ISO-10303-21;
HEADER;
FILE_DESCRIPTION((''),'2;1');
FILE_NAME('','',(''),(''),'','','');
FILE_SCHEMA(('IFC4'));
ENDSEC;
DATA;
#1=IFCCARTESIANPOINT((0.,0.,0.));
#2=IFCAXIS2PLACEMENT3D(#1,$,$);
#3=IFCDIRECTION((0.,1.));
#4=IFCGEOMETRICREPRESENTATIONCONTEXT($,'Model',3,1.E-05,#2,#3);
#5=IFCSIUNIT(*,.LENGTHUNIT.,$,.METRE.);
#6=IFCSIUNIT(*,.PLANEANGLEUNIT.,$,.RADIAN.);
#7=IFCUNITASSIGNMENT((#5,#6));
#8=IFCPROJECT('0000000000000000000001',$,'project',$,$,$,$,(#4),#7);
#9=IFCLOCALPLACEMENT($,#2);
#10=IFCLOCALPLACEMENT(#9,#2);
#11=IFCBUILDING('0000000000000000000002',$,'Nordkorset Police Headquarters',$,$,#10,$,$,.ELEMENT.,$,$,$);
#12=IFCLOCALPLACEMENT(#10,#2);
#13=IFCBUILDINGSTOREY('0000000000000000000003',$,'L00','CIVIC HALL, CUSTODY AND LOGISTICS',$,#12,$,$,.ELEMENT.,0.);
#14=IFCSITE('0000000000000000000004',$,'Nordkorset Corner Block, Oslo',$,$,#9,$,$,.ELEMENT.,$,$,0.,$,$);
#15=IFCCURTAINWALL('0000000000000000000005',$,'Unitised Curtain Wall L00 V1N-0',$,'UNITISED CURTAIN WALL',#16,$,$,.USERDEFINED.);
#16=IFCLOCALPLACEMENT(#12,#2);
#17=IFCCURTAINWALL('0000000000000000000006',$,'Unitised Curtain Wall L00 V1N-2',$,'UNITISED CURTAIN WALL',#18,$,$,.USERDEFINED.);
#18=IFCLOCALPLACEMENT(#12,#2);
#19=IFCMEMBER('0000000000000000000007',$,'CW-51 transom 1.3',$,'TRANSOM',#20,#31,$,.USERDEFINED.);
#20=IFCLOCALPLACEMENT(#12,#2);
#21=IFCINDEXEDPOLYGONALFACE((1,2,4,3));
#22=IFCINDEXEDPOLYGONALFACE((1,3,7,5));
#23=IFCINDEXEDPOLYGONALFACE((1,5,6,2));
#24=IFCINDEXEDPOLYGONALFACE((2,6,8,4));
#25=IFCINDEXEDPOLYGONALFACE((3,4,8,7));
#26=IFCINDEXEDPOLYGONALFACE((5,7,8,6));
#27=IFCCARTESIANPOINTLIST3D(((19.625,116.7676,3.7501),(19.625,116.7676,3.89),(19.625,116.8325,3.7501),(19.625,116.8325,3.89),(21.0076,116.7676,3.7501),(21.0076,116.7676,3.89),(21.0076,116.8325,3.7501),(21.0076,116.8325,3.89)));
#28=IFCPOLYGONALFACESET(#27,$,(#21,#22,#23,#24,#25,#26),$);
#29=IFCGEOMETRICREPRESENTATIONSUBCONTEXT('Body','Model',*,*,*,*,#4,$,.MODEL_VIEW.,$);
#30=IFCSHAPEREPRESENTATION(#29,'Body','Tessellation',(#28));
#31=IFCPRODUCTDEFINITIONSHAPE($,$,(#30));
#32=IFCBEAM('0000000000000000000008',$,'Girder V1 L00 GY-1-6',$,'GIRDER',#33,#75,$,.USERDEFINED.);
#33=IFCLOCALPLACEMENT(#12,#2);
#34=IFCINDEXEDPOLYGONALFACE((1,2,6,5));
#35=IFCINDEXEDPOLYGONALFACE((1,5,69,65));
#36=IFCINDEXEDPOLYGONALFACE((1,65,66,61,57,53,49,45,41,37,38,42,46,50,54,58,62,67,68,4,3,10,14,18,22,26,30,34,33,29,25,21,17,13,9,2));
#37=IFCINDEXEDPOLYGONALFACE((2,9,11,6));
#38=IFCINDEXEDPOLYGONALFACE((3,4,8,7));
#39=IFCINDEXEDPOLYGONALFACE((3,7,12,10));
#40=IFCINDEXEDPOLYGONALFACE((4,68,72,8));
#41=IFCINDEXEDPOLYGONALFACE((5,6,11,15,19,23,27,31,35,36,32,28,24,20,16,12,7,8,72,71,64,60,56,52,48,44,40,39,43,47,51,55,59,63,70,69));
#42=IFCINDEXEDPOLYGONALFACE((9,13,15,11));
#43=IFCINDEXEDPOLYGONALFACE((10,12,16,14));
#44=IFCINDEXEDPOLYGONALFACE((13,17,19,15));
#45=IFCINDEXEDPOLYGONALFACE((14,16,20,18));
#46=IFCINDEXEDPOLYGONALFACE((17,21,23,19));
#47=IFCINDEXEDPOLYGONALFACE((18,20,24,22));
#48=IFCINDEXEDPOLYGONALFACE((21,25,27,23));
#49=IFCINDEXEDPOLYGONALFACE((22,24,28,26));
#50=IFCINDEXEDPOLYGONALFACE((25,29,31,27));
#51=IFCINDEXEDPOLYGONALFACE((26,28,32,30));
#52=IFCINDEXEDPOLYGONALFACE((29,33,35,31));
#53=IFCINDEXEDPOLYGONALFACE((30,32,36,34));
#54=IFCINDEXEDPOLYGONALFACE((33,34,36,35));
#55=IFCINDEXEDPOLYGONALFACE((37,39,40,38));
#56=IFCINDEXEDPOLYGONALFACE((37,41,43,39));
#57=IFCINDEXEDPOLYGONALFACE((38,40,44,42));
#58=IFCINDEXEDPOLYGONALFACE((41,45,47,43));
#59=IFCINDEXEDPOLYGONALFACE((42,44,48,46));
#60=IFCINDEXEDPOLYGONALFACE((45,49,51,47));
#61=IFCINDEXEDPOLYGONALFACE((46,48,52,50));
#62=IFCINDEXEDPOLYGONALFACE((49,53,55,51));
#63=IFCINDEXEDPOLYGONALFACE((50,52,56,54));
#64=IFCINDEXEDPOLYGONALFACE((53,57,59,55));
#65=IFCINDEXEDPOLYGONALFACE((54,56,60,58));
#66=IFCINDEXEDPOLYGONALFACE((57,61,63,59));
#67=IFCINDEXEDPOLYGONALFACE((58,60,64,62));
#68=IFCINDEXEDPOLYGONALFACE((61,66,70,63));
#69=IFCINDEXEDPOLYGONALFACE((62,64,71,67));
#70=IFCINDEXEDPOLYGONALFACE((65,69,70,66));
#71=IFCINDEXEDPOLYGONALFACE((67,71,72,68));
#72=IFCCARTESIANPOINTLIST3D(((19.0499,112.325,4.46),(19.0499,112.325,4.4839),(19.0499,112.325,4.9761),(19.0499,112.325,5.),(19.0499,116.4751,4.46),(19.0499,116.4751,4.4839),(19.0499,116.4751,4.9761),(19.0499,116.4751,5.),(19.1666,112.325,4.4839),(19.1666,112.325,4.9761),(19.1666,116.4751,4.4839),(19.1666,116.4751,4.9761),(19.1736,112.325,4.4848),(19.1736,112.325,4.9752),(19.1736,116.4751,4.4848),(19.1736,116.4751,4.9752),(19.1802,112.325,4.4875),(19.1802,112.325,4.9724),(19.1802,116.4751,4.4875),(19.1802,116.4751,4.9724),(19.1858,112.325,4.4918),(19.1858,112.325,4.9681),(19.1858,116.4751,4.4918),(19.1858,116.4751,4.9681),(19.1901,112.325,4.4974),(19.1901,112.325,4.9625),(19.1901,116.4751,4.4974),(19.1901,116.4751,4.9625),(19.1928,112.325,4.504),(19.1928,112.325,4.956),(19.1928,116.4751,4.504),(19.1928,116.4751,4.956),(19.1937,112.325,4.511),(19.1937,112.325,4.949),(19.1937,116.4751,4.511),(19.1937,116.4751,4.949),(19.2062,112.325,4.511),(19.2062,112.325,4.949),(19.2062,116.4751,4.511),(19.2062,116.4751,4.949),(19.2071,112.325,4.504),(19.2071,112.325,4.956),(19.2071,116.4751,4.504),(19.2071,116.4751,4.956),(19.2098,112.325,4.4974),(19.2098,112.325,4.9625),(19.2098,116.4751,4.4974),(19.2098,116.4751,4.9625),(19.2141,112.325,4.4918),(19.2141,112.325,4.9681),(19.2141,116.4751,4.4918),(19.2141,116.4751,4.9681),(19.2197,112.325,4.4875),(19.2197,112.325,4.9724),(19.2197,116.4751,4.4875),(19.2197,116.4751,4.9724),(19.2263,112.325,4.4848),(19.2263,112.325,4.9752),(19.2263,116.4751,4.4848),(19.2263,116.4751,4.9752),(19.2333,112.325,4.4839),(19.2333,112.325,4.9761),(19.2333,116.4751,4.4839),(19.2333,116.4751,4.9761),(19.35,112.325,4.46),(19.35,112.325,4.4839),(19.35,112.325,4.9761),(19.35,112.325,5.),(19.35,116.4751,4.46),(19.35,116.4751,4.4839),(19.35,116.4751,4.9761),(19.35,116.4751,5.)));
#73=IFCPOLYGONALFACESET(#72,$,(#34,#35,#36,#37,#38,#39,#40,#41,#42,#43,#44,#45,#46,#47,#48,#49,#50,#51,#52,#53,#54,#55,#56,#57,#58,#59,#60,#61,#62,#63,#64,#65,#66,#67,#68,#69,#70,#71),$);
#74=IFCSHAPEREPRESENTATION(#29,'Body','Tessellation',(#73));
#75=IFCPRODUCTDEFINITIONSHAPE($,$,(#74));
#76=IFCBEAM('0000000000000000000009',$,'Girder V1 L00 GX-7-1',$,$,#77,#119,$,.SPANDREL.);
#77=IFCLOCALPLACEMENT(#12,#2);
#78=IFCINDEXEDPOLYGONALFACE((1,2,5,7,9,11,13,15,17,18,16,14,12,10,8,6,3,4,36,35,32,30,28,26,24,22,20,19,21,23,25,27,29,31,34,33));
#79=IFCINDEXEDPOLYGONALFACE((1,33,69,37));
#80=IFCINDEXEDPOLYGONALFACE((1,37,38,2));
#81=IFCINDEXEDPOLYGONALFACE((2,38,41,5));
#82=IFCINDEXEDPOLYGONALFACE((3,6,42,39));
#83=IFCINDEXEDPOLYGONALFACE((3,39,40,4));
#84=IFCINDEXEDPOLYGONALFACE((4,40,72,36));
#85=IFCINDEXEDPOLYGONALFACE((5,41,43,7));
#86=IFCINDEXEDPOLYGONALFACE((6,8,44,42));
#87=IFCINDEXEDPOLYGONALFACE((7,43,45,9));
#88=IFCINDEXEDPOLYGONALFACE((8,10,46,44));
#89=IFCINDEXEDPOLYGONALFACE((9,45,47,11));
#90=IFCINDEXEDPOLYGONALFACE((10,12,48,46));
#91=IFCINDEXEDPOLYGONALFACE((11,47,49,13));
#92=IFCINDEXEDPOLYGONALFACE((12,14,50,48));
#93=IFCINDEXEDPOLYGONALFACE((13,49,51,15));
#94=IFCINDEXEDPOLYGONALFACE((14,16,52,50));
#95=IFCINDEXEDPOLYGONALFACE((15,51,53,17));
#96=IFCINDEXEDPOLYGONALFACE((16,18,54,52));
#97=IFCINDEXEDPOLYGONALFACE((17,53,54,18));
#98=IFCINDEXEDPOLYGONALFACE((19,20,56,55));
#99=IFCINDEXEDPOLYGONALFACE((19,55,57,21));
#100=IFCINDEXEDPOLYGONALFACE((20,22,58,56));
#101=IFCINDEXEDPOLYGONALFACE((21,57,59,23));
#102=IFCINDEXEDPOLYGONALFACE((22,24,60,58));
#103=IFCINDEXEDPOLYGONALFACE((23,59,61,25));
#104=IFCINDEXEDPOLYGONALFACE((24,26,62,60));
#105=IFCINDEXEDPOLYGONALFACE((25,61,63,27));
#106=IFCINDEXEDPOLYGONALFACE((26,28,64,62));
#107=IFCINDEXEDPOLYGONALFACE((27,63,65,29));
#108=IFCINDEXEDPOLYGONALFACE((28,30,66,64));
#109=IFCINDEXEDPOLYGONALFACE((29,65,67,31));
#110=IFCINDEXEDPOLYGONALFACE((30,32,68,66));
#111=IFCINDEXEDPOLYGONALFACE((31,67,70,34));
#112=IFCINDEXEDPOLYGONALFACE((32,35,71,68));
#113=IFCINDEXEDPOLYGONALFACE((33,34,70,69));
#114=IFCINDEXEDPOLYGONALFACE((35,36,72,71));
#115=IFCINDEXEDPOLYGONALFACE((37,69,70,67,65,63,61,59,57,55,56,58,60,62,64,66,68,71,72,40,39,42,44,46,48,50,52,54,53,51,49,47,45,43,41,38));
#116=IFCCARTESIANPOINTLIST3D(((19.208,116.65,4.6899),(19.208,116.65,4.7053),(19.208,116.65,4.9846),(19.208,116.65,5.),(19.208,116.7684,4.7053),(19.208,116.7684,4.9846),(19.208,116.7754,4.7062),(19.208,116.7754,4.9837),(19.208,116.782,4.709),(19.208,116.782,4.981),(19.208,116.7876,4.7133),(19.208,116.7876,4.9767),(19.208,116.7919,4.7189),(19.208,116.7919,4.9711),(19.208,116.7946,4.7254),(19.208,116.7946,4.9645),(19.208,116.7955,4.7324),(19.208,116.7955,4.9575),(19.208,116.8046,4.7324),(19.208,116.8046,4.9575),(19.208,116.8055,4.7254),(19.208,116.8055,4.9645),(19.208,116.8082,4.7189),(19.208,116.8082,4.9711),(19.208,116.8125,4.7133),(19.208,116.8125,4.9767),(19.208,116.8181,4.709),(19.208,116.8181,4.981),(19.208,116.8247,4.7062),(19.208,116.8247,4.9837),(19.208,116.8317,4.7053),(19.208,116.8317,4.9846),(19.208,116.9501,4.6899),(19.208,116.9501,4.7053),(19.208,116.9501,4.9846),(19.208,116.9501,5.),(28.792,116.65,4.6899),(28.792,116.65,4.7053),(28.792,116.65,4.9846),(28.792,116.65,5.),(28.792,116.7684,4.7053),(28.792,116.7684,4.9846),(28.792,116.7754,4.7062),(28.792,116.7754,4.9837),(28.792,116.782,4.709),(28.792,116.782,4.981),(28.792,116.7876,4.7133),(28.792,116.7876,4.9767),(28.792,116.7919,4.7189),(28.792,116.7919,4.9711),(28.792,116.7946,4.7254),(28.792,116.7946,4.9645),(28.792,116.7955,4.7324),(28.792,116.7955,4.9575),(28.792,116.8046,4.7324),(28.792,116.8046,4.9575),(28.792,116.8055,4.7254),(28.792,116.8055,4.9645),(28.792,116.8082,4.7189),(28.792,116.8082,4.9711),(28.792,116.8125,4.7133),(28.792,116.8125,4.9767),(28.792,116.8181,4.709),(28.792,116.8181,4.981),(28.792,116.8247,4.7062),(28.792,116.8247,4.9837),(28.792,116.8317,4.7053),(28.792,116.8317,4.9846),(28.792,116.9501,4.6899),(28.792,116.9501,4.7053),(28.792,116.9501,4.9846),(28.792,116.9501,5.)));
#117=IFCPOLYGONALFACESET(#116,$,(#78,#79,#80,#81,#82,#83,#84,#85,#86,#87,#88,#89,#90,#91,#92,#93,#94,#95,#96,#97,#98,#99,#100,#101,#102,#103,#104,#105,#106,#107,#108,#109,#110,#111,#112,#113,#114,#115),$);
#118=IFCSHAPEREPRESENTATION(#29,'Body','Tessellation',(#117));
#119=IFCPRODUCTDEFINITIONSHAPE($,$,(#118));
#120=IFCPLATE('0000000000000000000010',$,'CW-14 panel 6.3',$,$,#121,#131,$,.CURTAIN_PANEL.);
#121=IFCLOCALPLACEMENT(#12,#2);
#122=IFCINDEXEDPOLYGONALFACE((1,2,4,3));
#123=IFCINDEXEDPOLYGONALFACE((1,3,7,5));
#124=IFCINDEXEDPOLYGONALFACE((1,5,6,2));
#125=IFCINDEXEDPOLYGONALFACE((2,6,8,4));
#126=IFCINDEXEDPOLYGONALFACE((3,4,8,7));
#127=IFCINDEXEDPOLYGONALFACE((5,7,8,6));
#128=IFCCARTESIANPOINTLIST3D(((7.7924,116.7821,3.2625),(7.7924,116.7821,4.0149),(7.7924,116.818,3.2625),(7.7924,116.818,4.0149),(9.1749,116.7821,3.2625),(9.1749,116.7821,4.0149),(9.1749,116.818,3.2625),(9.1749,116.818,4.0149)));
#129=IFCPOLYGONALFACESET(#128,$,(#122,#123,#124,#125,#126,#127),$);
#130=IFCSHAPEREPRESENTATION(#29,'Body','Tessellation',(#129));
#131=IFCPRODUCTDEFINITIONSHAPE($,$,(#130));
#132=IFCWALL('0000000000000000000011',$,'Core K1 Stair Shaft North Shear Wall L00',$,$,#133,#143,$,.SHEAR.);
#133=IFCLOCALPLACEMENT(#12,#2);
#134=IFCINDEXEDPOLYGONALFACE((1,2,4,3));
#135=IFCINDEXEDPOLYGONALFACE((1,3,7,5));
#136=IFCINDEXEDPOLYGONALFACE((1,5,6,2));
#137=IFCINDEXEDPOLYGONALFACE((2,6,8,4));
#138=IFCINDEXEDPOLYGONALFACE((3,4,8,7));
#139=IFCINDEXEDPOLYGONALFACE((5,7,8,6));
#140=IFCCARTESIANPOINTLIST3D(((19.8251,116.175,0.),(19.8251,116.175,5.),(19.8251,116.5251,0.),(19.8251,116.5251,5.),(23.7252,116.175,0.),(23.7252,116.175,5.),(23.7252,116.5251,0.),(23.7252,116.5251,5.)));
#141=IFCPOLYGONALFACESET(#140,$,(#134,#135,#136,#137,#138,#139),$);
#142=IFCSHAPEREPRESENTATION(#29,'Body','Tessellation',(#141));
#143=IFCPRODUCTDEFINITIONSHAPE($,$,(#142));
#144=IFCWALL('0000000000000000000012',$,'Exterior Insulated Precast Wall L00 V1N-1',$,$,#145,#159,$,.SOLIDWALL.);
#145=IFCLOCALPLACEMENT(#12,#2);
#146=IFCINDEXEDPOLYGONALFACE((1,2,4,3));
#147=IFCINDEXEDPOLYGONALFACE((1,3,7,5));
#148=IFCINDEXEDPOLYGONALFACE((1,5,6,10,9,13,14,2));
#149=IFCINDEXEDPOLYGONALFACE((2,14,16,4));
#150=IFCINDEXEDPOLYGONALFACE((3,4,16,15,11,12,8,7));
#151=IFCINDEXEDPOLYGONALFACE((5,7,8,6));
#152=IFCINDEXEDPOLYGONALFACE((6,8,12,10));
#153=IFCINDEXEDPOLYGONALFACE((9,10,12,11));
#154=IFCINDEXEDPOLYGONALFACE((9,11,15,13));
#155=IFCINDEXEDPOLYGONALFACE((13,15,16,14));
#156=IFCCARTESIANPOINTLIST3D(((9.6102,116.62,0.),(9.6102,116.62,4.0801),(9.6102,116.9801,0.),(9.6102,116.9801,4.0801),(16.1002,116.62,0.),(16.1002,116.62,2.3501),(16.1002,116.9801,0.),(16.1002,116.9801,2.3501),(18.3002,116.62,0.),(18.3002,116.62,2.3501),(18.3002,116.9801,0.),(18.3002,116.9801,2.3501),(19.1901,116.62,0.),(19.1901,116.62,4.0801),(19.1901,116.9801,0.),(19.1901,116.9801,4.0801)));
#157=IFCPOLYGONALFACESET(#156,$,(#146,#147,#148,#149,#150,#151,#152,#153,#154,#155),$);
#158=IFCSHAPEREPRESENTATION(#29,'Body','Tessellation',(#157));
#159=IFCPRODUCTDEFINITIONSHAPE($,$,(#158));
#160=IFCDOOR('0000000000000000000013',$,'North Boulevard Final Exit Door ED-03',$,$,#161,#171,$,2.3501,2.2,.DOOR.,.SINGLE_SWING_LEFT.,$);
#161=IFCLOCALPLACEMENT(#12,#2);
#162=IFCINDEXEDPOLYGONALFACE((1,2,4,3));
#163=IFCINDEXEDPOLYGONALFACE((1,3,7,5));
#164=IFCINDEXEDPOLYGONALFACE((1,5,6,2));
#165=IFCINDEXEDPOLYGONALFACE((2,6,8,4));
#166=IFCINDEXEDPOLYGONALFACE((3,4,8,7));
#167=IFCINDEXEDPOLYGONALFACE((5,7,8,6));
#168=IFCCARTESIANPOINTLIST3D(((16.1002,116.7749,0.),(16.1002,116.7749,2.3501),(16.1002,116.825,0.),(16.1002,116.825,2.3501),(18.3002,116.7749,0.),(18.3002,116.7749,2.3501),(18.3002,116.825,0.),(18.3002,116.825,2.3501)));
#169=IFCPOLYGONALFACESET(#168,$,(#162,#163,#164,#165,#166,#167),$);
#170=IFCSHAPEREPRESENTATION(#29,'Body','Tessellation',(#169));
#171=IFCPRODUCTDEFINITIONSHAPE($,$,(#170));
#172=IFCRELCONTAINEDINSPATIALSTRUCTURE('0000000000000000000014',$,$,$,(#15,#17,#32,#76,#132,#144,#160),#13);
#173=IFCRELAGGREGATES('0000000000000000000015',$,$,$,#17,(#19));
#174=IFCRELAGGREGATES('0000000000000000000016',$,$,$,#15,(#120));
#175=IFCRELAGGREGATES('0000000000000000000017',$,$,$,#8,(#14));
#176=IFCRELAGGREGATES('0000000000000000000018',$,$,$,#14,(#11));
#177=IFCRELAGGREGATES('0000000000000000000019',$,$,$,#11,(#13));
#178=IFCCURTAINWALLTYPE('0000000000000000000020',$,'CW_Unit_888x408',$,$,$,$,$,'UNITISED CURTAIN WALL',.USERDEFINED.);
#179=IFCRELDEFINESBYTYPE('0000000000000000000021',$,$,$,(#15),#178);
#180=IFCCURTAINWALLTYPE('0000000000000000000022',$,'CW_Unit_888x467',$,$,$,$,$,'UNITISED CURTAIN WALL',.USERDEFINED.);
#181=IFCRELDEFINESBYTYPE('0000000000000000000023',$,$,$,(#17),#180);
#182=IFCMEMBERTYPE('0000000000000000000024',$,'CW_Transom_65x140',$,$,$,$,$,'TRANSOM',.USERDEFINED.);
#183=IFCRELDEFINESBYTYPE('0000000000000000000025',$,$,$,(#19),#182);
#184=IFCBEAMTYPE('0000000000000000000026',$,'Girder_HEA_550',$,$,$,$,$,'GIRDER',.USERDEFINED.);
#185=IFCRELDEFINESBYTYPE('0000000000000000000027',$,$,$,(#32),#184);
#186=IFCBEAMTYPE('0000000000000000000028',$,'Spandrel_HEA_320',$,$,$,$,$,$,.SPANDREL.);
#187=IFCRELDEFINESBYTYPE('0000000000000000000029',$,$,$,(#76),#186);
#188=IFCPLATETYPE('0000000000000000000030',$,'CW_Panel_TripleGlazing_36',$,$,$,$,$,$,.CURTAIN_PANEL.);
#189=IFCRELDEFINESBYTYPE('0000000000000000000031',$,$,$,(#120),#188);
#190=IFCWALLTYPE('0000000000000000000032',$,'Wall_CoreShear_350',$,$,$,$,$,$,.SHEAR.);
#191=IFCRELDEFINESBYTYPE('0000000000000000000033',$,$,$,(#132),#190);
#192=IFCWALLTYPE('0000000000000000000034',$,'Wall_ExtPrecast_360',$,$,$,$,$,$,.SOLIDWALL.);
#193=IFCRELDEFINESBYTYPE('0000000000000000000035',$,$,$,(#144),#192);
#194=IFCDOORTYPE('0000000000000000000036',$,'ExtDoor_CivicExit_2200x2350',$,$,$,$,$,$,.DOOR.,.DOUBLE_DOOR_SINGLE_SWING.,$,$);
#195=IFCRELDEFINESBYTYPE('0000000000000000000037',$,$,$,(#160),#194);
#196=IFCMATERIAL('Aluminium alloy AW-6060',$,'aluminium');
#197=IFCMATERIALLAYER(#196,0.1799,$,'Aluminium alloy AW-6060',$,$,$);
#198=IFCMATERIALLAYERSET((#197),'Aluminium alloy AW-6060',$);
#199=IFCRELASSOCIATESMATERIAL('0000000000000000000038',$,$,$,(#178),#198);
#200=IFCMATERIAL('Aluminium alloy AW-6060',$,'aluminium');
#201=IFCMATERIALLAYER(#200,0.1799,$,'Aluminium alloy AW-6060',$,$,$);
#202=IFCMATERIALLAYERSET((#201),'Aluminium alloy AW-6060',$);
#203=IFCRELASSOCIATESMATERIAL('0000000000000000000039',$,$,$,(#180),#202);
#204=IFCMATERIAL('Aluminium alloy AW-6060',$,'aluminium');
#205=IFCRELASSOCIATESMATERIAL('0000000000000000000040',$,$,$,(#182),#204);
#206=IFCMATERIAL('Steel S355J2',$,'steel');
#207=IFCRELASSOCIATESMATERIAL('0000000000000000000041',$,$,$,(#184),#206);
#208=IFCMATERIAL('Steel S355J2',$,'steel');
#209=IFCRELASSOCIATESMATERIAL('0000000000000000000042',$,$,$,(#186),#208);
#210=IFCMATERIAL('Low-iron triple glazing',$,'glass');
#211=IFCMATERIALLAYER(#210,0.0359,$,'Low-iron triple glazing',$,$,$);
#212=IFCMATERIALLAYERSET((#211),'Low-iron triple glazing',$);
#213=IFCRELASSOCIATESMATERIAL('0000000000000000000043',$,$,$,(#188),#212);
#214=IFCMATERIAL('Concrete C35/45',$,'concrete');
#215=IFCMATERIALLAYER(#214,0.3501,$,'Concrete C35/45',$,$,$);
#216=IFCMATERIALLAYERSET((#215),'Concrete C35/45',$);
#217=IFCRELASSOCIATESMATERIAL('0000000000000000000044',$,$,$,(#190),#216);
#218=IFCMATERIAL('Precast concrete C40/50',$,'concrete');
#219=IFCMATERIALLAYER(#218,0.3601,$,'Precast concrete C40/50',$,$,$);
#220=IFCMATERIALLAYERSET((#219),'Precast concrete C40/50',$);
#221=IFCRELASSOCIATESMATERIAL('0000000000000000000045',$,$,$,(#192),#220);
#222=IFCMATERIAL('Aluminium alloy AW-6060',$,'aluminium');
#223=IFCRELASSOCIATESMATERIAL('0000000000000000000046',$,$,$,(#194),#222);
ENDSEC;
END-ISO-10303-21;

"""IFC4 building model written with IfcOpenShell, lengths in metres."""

from ifc_helpers import new_model, si_unit, direction, frame, frame_2d, origin, origin_2d, place, context, subcontext, project, spatial, rectangle, i_section, extrude, material, layer, layer_set, material_profile, profile_set, type_object, element, fill, aggregate, save


model = new_model("IFC4")

# Units and contexts
model_context = context("Model", 3, precision=1e-05, world=origin(), true_north=direction((0.0, 1.0)))
body_context = subcontext(model_context, "Body", "Model", "MODEL_VIEW")
ifc_project = project(units=[si_unit("LENGTHUNIT", "METRE"), si_unit("PLANEANGLEUNIT", "RADIAN")], contexts=[model_context])

# Site, building, storey
site_placement = place(None, origin())
site = spatial("IfcSite", under=ifc_project, at=site_placement, Name="Nordkorset Corner Block, Oslo", CompositionType="ELEMENT", RefElevation=0.0)
building_placement = place(site_placement, origin())
building = spatial("IfcBuilding", under=site, at=building_placement, Name="Nordkorset Police Headquarters", CompositionType="ELEMENT")
storey_placement = place(building_placement, origin())
storey = spatial("IfcBuildingStorey", under=building, at=storey_placement, Name="L00", Description="CIVIC HALL, CUSTODY AND LOGISTICS", CompositionType="ELEMENT", Elevation=0.0)

# Curtain wall
ifc_material_1 = material(Name="Aluminium alloy AW-6060", Category="aluminium")
ifc_layer_1 = layer(ifc_material_1, 0.1799, Name="Aluminium alloy AW-6060")
ifc_layer_set_1 = layer_set([ifc_layer_1], Name="Aluminium alloy AW-6060")
curtain_wall_type_1 = type_object("IfcCurtainWallType", Name="CW_Unit_888x408", ElementType="UNITISED CURTAIN WALL", PredefinedType="USERDEFINED", material=ifc_layer_set_1)
curtain_wall_1_placement = place(storey_placement, origin())
curtain_wall_1 = element("IfcCurtainWall", 1, at=curtain_wall_1_placement, inside=storey, type_object=curtain_wall_type_1, Name="Unitised Curtain Wall L00 V1N-0", ObjectType="UNITISED CURTAIN WALL", PredefinedType="USERDEFINED")

# Curtain wall, member
ifc_material_2 = material(Name="Aluminium alloy AW-6060", Category="aluminium")
ifc_layer_2 = layer(ifc_material_2, 0.1799, Name="Aluminium alloy AW-6060")
ifc_layer_set_2 = layer_set([ifc_layer_2], Name="Aluminium alloy AW-6060")
curtain_wall_type_2 = type_object("IfcCurtainWallType", Name="CW_Unit_888x467", ElementType="UNITISED CURTAIN WALL", PredefinedType="USERDEFINED", material=ifc_layer_set_2)
curtain_wall_2_placement = place(storey_placement, origin())
curtain_wall_2 = element("IfcCurtainWall", 2, at=curtain_wall_2_placement, inside=storey, type_object=curtain_wall_type_2, Name="Unitised Curtain Wall L00 V1N-2", ObjectType="UNITISED CURTAIN WALL", PredefinedType="USERDEFINED")
ifc_material_3 = material(Name="Aluminium alloy AW-6060", Category="aluminium")
ifc_material_profile_1 = material_profile(ifc_material_3, rectangle(XDim=0.0649, YDim=0.1399, at=origin_2d()), Name="ALU TRAN 65x140")
ifc_profile_set_1 = profile_set([ifc_material_profile_1], Name="Aluminium alloy AW-6060")
member_type_1 = type_object("IfcMemberType", Name="CW_Transom_65x140", ElementType="TRANSOM", PredefinedType="USERDEFINED", material=ifc_profile_set_1)
member_1_placement = place(storey_placement, frame((19.625, 116.8, 3.8201), z_axis=(1.0, 0.0, 0.0), x_axis=(0.0, 1.0, 0.0)))
member_1 = element("IfcMember", 3, at=member_1_placement, type_object=member_type_1, Name="CW-51 transom 1.3", ObjectType="TRANSOM", PredefinedType="USERDEFINED", context=body_context, shape_type="SweptSolid", body=[
    extrude(rectangle(XDim=0.0649, YDim=0.1399, at=origin_2d()), origin(), (0.0, 0.0, 1.0), 1.3826),
])
aggregate(curtain_wall_2, [member_1])

# Beams
ifc_material_4 = material(Name="Steel S355J2", Category="steel")
ifc_material_profile_2 = material_profile(ifc_material_4, i_section(OverallWidth=0.3, OverallDepth=0.54, WebThickness=0.0125, FlangeThickness=0.0239, FilletRadius=0.0271, at=origin_2d()), Name="HEA 550")
ifc_profile_set_2 = profile_set([ifc_material_profile_2], Name="Steel S355J2")
beam_type_1 = type_object("IfcBeamType", Name="Girder_HEA_550", ElementType="GIRDER", PredefinedType="USERDEFINED", material=ifc_profile_set_2)
beam_1_placement = place(storey_placement, frame((19.2, 112.325, 4.73), z_axis=(0.0, 1.0, 0.0), x_axis=(-1.0, 0.0, 0.0)))
element("IfcBeam", 4, at=beam_1_placement, inside=storey, type_object=beam_type_1, Name="Girder V1 L00 GY-1-6", ObjectType="GIRDER", PredefinedType="USERDEFINED", context=body_context, shape_type="SweptSolid", body=[
    extrude(i_section(OverallWidth=0.3, OverallDepth=0.54, WebThickness=0.0125, FlangeThickness=0.0239, FilletRadius=0.0271, at=origin_2d()), origin(), (0.0, 0.0, 1.0), 4.1501),
])
ifc_material_5 = material(Name="Steel S355J2", Category="steel")
ifc_material_profile_3 = material_profile(ifc_material_5, i_section(OverallWidth=0.3, OverallDepth=0.3101, WebThickness=0.009, FlangeThickness=0.0154, FilletRadius=0.0271, at=origin_2d()), Name="HEA 320")
ifc_profile_set_3 = profile_set([ifc_material_profile_3], Name="Steel S355J2")
beam_type_2 = type_object("IfcBeamType", Name="Spandrel_HEA_320", PredefinedType="SPANDREL", material=ifc_profile_set_3)
beam_2_placement = place(storey_placement, frame((19.208, 116.8, 4.845), z_axis=(1.0, 0.0, 0.0), x_axis=(0.0, 1.0, 0.0)))
element("IfcBeam", 5, at=beam_2_placement, inside=storey, type_object=beam_type_2, Name="Girder V1 L00 GX-7-1", PredefinedType="SPANDREL", context=body_context, shape_type="SweptSolid", body=[
    extrude(i_section(OverallWidth=0.3, OverallDepth=0.3101, WebThickness=0.009, FlangeThickness=0.0154, FilletRadius=0.0271, at=origin_2d()), origin(), (0.0, 0.0, 1.0), 9.584),
])

# Plate
ifc_material_6 = material(Name="Low-iron triple glazing", Category="glass")
ifc_layer_3 = layer(ifc_material_6, 0.0359, Name="Low-iron triple glazing")
ifc_layer_set_3 = layer_set([ifc_layer_3], Name="Low-iron triple glazing")
plate_type = type_object("IfcPlateType", Name="CW_Panel_TripleGlazing_36", PredefinedType="CURTAIN_PANEL", material=ifc_layer_set_3)
plate_placement = place(storey_placement, frame((8.4836, 116.8, 3.2625), z_axis=(0.0, 0.0, 1.0), x_axis=(1.0, 0.0, 0.0)))
plate = element("IfcPlate", 6, at=plate_placement, type_object=plate_type, Name="CW-14 panel 6.3", PredefinedType="CURTAIN_PANEL", context=body_context, shape_type="SweptSolid", body=[
    extrude(rectangle(XDim=1.3826, YDim=0.0359, at=origin_2d()), origin(), (0.0, 0.0, 1.0), 0.7524),
])
aggregate(curtain_wall_1, [plate])

# Wall
ifc_material_7 = material(Name="Concrete C35/45", Category="concrete")
ifc_layer_4 = layer(ifc_material_7, 0.3501, Name="Concrete C35/45")
ifc_layer_set_4 = layer_set([ifc_layer_4], Name="Concrete C35/45")
wall_type_1 = type_object("IfcWallType", Name="Wall_CoreShear_350", PredefinedType="SHEAR", material=ifc_layer_set_4)
wall_1_placement = place(storey_placement, frame((19.825, 116.3501, 0.0), z_axis=(0.0, 0.0, 1.0), x_axis=(1.0, 0.0, 0.0)))
element("IfcWall", 7, at=wall_1_placement, inside=storey, type_object=wall_type_1, Name="Core K1 Stair Shaft North Shear Wall L00", PredefinedType="SHEAR", context=body_context, shape_type="SweptSolid", body=[
    extrude(rectangle(XDim=3.9001, YDim=0.3501, at=frame_2d((1.9502, 0.0))), origin(), (0.0, 0.0, 1.0), 5.0),
])

# Wall, opening, door
ifc_material_8 = material(Name="Precast concrete C40/50", Category="concrete")
ifc_layer_5 = layer(ifc_material_8, 0.3601, Name="Precast concrete C40/50")
ifc_layer_set_5 = layer_set([ifc_layer_5], Name="Precast concrete C40/50")
wall_type_2 = type_object("IfcWallType", Name="Wall_ExtPrecast_360", PredefinedType="SOLIDWALL", material=ifc_layer_set_5)
wall_2_placement = place(storey_placement, frame((9.6101, 116.8, 0.0), z_axis=(0.0, 0.0, 1.0), x_axis=(1.0, 0.0, 0.0)))
wall_2 = element("IfcWall", 8, at=wall_2_placement, inside=storey, type_object=wall_type_2, Name="Exterior Insulated Precast Wall L00 V1N-1", PredefinedType="SOLIDWALL", context=body_context, shape_type="SweptSolid", body=[
    extrude(rectangle(XDim=9.5798, YDim=0.3601, at=frame_2d((4.79, 0.0))), origin(), (0.0, 0.0, 1.0), 4.0801),
])
opening_1_placement = place(wall_2_placement, frame((6.49, 0.0, 0.0)))
opening_1 = element("IfcOpeningElement", 9, at=opening_1_placement, cuts=wall_2, PredefinedType="OPENING", context=body_context, shape_type="SweptSolid", body=[
    extrude(rectangle(XDim=2.2, YDim=2.3501, at=frame_2d((1.1001, 1.175))), frame((0.0, 0.1899, 0.0), z_axis=(0.0, -1.0, 0.0), x_axis=(1.0, 0.0, 0.0)), (0.0, 0.0, 1.0), 0.3801),
])
ifc_material_9 = material(Name="Aluminium alloy AW-6060", Category="aluminium")
door_type_1 = type_object("IfcDoorType", Name="ExtDoor_CivicExit_2200x2350", OperationType="DOUBLE_DOOR_SINGLE_SWING", PredefinedType="DOOR", material=ifc_material_9)
door_1_placement = place(opening_1_placement, origin())
door_1 = element("IfcDoor", 10, at=door_1_placement, inside=storey, type_object=door_type_1, Name="North Boulevard Final Exit Door ED-03", OperationType="SINGLE_SWING_LEFT", OverallHeight=2.3501, OverallWidth=2.2, PredefinedType="DOOR", context=body_context, shape_type="SweptSolid", body=[
    extrude(rectangle(XDim=2.2, YDim=2.3501, at=frame_2d((1.1001, 1.175))), frame((0.0, 0.0249, 0.0), z_axis=(0.0, -1.0, 0.0), x_axis=(1.0, 0.0, 0.0)), (0.0, 0.0, 1.0), 0.05),
])
fill(opening_1, door_1)

save(model, "model.ifc")
